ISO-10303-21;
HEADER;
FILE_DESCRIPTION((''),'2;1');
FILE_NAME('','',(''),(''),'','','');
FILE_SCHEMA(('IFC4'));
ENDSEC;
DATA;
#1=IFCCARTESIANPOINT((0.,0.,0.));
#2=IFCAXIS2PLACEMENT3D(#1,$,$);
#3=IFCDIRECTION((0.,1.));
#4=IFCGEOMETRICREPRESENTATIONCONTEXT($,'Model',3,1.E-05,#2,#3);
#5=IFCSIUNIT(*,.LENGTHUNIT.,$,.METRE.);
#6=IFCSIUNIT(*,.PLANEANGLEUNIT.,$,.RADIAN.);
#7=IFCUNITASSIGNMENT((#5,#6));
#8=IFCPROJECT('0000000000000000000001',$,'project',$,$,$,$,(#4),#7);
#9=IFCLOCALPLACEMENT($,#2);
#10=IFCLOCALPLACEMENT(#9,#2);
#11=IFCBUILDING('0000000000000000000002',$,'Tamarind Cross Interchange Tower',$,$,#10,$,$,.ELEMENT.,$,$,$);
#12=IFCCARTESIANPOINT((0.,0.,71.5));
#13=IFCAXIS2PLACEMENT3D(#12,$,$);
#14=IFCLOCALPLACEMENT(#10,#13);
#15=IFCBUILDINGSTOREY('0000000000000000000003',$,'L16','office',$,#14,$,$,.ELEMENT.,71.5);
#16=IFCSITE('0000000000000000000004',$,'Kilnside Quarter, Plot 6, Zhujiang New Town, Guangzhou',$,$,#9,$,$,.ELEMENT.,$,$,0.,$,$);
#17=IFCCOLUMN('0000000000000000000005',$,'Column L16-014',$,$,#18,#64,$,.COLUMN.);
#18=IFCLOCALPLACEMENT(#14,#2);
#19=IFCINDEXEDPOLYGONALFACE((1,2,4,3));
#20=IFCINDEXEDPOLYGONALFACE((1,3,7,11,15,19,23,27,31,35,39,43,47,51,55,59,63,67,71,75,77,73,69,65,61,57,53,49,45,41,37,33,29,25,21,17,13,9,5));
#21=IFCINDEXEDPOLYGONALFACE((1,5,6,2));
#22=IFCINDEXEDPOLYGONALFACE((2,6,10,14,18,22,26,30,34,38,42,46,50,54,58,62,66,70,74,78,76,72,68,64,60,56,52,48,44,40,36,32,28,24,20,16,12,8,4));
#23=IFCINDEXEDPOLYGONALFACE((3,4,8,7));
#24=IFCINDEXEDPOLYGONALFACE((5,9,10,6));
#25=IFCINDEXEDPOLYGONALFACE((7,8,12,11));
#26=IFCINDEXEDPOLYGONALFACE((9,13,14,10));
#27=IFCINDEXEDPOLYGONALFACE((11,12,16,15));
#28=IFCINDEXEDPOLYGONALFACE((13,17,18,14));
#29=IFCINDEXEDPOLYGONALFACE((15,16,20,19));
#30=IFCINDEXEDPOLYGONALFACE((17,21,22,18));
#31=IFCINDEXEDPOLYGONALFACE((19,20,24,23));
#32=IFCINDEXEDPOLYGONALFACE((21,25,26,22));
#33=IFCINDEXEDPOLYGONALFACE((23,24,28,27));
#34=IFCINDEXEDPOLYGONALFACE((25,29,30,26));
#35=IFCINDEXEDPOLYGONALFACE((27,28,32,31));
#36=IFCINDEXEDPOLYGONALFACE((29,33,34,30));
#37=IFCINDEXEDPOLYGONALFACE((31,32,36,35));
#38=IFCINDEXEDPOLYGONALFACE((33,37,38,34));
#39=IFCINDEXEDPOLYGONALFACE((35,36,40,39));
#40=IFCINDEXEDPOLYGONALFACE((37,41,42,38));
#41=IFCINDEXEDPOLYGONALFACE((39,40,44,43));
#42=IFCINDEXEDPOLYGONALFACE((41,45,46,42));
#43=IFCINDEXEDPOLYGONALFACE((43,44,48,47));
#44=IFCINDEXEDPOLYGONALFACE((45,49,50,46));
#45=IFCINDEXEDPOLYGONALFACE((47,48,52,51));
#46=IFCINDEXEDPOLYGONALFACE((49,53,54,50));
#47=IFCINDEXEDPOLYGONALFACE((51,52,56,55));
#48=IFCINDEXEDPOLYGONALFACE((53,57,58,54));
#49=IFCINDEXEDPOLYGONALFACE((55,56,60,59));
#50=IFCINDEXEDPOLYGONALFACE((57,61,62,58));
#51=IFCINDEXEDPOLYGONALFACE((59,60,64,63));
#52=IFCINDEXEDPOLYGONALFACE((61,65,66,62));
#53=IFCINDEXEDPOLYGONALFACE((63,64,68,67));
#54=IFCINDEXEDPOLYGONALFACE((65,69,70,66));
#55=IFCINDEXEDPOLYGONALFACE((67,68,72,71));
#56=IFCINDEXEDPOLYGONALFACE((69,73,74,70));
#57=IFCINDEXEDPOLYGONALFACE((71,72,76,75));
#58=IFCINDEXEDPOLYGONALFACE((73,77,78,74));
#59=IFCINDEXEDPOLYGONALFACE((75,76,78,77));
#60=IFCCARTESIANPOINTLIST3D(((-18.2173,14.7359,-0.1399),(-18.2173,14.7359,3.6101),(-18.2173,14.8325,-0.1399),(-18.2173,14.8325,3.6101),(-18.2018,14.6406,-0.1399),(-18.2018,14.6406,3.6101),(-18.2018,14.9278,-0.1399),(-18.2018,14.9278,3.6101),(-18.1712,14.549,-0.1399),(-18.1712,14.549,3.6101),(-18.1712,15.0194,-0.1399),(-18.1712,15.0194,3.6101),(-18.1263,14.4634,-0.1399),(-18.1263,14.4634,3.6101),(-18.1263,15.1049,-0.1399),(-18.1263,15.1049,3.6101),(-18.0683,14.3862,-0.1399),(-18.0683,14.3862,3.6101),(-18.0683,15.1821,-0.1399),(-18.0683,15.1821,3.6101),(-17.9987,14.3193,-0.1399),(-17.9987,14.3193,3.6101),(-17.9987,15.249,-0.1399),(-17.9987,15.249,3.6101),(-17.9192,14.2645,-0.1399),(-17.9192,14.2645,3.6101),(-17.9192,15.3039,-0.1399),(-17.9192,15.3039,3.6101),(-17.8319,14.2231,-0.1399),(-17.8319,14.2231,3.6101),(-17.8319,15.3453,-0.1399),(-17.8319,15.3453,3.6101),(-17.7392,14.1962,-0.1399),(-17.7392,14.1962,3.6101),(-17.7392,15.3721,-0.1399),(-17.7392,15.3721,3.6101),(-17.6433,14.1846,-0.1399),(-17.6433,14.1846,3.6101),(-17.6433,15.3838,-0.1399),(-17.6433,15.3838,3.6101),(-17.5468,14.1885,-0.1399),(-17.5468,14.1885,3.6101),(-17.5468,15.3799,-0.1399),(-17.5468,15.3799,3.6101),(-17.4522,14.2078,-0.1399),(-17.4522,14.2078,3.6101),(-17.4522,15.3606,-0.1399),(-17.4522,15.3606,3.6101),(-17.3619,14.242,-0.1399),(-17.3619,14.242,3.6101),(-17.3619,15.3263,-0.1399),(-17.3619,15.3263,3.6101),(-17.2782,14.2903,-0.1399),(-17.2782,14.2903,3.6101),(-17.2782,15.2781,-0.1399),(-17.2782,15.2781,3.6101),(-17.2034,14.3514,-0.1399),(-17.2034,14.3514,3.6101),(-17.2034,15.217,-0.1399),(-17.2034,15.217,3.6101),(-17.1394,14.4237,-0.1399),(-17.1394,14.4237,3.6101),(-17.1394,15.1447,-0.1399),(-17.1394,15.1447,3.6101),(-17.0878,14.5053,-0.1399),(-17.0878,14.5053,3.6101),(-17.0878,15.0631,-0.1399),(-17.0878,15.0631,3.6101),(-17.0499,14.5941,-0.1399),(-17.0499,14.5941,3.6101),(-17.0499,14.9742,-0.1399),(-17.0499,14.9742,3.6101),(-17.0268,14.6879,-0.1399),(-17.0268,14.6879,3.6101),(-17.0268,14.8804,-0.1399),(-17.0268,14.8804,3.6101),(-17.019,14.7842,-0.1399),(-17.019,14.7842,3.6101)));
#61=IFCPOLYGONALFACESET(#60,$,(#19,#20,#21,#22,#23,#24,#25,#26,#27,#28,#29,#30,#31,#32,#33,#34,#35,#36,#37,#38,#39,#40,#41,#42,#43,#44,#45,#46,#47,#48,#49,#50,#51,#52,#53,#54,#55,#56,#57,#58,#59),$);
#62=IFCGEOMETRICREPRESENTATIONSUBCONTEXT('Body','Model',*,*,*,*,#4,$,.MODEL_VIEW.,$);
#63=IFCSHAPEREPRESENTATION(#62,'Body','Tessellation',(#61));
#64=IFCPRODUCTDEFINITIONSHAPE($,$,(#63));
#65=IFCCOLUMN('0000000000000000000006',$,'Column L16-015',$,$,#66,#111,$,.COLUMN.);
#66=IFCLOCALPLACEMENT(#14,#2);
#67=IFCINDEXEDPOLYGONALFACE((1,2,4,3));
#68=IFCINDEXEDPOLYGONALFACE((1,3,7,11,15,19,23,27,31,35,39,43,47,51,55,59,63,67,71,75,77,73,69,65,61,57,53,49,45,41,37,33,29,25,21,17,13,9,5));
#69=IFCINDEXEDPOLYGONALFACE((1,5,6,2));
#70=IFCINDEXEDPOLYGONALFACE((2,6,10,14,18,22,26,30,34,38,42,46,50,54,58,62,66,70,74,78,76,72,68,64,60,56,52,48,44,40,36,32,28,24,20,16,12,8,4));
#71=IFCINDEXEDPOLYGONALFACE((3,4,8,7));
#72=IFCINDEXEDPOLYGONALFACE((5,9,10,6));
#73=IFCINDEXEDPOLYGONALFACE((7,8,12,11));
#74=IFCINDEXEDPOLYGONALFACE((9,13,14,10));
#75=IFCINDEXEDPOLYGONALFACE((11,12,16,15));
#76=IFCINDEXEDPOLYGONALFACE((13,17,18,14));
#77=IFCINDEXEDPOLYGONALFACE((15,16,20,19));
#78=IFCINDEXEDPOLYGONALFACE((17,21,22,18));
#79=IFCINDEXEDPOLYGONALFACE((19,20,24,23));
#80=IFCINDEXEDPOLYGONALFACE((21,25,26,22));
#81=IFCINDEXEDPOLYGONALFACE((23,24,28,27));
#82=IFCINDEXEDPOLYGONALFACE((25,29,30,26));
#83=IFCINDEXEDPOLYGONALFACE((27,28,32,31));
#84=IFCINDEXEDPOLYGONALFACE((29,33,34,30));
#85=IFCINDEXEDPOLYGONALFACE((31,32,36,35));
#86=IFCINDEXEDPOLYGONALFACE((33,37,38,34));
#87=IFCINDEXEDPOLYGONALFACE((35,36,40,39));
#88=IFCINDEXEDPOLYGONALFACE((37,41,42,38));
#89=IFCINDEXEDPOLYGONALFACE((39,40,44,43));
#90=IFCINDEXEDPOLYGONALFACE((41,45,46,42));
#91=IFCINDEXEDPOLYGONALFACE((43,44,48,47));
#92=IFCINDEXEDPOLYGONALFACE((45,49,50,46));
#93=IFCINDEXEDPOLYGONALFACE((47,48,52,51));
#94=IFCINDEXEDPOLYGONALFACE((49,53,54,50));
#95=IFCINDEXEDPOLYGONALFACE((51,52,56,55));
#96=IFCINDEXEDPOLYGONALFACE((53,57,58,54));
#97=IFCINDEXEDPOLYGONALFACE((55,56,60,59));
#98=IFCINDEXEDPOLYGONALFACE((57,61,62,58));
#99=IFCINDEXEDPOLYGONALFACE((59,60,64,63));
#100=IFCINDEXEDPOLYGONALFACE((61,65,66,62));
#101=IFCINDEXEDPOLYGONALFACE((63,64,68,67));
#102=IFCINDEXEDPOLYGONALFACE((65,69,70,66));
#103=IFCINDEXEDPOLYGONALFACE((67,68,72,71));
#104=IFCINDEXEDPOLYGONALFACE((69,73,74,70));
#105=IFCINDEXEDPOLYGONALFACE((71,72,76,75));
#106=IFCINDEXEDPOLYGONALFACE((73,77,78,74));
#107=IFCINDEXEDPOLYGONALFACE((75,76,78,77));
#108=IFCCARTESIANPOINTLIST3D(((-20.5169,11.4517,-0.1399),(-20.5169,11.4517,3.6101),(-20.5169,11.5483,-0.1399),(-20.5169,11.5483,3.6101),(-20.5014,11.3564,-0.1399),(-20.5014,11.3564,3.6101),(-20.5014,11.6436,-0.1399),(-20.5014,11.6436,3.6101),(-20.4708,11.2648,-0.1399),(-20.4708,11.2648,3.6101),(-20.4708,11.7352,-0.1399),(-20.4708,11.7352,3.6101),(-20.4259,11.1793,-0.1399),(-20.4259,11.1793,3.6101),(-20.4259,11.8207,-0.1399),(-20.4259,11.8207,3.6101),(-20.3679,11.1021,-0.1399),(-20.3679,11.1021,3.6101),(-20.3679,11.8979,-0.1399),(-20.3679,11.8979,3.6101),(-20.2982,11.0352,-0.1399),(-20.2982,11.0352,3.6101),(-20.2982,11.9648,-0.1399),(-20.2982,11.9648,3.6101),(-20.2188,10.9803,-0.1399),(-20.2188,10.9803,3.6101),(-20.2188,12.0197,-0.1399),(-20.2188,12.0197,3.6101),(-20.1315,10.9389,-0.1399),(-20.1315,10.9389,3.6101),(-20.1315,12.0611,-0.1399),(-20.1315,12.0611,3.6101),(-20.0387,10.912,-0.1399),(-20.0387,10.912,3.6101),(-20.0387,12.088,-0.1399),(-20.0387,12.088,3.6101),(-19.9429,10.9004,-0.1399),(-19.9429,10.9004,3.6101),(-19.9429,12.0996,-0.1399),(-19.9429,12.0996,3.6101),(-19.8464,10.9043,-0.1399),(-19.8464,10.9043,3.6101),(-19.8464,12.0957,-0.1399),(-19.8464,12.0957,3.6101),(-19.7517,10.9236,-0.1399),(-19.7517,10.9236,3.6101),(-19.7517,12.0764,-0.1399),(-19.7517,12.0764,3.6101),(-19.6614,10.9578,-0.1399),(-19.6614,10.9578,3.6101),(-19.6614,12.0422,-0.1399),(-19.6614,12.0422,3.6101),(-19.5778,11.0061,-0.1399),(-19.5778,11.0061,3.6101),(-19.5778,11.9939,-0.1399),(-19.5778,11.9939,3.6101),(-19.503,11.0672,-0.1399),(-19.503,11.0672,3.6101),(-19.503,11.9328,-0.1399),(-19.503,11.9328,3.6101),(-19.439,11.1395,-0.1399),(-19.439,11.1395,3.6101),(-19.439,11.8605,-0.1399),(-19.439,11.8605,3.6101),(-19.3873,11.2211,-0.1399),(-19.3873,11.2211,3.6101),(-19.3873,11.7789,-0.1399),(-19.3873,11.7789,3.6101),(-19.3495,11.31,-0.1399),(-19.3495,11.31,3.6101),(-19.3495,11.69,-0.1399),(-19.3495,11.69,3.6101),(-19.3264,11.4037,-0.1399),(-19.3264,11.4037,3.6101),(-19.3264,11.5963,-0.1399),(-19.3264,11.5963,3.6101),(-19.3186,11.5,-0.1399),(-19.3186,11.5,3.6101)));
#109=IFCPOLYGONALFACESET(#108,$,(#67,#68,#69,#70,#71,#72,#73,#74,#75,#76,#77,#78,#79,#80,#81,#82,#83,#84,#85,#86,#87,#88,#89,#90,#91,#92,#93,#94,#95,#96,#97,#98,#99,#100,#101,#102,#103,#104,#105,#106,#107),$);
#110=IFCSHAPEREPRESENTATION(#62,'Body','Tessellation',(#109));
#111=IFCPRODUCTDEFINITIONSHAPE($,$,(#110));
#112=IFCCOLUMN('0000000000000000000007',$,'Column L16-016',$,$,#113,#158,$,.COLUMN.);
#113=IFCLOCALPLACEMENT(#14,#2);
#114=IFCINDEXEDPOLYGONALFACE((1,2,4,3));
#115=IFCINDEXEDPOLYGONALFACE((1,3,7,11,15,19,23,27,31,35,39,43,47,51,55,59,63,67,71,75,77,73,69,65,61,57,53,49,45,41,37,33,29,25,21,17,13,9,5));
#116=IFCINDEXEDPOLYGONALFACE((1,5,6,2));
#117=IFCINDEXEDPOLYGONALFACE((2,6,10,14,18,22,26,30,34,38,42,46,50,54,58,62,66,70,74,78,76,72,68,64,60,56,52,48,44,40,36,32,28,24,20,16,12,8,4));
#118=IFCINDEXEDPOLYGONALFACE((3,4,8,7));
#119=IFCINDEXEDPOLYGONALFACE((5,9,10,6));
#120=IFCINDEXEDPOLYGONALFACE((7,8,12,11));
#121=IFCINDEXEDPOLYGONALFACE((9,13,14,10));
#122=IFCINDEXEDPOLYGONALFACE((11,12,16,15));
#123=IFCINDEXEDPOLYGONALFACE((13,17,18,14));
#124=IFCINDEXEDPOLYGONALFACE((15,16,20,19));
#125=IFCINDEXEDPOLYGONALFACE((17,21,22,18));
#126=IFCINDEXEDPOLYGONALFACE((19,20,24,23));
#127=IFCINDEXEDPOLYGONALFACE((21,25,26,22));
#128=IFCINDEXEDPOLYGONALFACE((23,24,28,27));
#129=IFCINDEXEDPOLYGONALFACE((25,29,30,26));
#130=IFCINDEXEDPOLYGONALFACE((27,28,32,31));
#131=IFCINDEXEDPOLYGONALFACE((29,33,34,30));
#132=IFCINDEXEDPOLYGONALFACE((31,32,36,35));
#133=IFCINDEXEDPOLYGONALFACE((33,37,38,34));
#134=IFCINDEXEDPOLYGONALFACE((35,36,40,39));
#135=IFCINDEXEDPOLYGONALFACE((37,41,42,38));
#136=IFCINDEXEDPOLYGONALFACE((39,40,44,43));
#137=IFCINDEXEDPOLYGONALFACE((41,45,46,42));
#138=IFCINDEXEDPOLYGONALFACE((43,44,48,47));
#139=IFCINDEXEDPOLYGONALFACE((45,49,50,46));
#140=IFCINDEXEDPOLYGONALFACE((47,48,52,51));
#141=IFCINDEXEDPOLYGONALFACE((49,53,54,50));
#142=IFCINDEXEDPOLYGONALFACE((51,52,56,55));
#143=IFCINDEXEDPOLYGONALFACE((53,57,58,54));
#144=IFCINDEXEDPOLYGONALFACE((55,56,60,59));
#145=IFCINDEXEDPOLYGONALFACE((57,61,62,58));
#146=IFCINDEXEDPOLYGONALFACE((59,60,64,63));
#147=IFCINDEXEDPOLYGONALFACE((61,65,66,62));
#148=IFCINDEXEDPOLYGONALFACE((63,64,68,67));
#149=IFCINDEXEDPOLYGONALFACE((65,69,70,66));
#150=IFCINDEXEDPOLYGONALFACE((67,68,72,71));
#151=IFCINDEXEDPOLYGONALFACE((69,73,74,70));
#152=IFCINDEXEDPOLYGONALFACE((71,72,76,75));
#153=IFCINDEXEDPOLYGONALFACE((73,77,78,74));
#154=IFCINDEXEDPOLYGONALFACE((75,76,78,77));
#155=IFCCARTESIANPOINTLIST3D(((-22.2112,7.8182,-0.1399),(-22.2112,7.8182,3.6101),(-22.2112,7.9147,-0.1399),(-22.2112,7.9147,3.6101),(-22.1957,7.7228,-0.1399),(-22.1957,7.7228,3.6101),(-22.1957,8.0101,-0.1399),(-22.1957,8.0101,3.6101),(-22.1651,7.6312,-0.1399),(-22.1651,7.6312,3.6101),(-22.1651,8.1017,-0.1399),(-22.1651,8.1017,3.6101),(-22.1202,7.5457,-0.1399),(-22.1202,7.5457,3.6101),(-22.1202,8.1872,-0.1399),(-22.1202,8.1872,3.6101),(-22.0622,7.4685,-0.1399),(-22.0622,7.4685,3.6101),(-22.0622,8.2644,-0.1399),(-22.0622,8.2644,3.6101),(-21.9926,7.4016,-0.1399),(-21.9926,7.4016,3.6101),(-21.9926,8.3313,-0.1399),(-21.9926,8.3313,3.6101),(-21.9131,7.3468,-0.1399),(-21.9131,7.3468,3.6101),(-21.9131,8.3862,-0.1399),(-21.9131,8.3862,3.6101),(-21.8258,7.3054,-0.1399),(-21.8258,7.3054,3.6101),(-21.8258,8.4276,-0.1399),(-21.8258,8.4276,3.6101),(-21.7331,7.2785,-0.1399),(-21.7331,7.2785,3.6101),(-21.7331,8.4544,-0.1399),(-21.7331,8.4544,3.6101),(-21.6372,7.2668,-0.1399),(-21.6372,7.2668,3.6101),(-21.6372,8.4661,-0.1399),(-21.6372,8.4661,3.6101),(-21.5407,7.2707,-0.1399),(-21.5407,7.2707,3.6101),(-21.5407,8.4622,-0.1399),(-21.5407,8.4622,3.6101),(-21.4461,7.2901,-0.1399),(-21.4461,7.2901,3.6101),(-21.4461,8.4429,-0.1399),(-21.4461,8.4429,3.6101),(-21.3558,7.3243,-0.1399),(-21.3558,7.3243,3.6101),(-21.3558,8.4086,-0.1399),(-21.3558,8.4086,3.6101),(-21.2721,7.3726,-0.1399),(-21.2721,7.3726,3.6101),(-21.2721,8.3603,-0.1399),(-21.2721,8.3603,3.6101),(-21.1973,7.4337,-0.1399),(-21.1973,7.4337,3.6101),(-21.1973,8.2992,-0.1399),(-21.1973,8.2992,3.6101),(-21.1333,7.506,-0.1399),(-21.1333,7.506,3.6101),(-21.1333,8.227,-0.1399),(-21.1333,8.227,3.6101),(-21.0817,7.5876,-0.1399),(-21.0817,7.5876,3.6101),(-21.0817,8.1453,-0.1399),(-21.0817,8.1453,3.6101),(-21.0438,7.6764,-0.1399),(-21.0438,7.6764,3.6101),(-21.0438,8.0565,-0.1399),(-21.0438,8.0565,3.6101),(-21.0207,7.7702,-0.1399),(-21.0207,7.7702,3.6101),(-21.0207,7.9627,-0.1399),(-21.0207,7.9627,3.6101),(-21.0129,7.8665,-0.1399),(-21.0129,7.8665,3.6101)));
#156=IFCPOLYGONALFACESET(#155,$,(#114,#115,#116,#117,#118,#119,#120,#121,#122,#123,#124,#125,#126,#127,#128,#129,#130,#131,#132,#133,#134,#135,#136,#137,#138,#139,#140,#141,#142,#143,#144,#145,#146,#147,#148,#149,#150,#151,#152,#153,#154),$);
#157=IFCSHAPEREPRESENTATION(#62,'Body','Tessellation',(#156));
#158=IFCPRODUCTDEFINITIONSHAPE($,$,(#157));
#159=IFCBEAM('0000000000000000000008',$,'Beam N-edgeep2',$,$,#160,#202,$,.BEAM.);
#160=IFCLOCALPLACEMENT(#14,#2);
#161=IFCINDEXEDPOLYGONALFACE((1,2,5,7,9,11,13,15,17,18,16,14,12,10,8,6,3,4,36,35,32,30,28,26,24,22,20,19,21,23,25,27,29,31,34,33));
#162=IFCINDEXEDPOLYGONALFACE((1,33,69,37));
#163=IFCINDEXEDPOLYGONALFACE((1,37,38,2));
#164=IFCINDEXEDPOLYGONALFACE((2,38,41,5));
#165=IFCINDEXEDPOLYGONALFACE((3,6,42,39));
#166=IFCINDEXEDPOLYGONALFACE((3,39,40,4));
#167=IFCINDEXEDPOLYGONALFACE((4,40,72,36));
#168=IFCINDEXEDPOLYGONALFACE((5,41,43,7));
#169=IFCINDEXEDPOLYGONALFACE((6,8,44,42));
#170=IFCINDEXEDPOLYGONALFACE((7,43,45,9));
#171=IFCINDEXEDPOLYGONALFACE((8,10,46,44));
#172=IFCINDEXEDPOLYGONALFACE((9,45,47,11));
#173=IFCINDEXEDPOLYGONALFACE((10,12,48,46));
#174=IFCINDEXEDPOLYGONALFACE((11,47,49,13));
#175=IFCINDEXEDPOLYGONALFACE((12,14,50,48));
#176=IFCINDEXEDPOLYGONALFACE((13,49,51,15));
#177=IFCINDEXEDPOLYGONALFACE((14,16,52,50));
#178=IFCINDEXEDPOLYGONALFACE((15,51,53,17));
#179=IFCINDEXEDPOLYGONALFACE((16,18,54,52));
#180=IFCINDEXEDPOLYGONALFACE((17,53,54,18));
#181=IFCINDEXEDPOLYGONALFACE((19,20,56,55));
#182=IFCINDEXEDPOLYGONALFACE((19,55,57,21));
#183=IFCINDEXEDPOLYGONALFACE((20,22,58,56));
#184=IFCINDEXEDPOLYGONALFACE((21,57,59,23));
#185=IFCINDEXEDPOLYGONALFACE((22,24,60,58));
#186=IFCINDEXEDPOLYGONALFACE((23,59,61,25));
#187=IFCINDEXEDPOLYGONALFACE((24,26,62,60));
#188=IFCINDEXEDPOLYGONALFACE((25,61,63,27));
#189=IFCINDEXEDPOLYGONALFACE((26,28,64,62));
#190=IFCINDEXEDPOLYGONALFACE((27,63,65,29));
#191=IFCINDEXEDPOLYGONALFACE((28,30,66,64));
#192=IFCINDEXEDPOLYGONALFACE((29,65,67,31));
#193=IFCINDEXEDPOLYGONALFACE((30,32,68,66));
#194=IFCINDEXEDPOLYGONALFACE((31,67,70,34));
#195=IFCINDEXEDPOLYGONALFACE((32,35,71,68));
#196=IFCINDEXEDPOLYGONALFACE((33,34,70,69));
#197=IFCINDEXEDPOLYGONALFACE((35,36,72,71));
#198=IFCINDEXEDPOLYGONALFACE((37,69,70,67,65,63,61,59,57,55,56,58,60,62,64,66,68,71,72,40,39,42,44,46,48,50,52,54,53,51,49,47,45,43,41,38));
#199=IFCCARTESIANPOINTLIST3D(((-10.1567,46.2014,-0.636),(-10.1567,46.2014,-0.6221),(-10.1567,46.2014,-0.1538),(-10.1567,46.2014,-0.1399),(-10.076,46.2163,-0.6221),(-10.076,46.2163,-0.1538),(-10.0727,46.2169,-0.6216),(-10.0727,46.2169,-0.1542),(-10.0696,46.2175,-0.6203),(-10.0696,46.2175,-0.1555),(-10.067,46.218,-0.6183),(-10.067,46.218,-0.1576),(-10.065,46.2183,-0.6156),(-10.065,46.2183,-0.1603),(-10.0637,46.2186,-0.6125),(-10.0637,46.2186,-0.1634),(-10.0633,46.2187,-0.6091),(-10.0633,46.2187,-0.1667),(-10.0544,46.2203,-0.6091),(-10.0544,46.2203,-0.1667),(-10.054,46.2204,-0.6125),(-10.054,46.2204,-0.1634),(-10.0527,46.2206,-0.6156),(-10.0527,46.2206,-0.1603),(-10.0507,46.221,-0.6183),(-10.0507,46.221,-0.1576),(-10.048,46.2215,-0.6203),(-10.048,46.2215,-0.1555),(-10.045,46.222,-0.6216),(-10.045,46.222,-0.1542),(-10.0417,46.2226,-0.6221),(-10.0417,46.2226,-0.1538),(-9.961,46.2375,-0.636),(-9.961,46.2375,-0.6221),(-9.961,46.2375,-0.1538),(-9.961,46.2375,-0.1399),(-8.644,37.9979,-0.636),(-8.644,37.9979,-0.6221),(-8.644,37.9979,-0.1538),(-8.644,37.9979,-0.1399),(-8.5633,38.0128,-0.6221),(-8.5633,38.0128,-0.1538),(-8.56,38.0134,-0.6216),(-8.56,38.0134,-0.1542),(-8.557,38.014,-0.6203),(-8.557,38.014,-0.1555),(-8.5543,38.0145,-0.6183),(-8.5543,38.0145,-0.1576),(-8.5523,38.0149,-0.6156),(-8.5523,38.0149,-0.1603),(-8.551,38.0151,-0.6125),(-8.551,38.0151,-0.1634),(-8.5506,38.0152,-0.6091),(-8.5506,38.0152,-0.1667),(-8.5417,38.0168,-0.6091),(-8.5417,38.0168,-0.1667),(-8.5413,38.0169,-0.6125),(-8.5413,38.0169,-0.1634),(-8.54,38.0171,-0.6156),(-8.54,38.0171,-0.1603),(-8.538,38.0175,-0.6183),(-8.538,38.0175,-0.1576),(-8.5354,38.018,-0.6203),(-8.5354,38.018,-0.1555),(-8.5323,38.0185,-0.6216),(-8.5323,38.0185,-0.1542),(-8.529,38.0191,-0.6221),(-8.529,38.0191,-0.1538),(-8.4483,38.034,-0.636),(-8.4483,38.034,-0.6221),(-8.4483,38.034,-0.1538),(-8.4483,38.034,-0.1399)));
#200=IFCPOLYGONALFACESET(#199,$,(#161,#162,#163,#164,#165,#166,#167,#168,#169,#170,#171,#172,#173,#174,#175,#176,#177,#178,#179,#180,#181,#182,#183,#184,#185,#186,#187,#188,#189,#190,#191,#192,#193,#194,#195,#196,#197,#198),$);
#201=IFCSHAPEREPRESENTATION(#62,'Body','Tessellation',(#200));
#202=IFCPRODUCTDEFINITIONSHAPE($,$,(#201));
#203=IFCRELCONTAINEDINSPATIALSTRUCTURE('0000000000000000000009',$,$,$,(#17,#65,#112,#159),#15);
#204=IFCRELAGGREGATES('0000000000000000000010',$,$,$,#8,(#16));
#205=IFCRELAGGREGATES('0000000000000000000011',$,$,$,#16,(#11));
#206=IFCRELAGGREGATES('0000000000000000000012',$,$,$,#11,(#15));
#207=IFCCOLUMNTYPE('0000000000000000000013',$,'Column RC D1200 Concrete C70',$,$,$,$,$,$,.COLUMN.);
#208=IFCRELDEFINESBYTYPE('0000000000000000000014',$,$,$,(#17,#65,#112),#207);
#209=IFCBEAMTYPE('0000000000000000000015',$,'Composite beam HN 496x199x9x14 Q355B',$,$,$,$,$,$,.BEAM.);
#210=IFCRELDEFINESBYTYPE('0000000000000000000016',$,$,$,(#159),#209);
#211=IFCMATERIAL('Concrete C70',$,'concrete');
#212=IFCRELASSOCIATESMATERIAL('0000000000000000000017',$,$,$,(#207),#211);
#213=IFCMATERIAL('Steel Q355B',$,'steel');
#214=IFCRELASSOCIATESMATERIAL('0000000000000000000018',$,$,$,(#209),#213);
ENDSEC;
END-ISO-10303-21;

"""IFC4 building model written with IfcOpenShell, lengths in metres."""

from ifc_helpers import new_model, si_unit, direction, frame, origin, origin_2d, place, context, subcontext, project, spatial, circle, i_section, extrude, material, material_profile, profile_set, type_object, element, save


model = new_model("IFC4")

# Units and contexts
model_context = context("Model", 3, precision=1e-05, world=origin(), true_north=direction((0.0, 1.0)))
body_context = subcontext(model_context, "Body", "Model", "MODEL_VIEW")
ifc_project = project(units=[si_unit("LENGTHUNIT", "METRE"), si_unit("PLANEANGLEUNIT", "RADIAN")], contexts=[model_context])

# Site, building, storey
site_placement = place(None, origin())
site = spatial("IfcSite", under=ifc_project, at=site_placement, Name="Kilnside Quarter, Plot 6, Zhujiang New Town, Guangzhou", CompositionType="ELEMENT", RefElevation=0.0)
building_placement = place(site_placement, origin())
building = spatial("IfcBuilding", under=site, at=building_placement, Name="Tamarind Cross Interchange Tower", CompositionType="ELEMENT")
storey_placement = place(building_placement, frame((0.0, 0.0, 71.5)))
storey = spatial("IfcBuildingStorey", under=building, at=storey_placement, Name="L16", Description="office", CompositionType="ELEMENT", Elevation=71.5)

# Columns
ifc_material_1 = material(Name="Concrete C70", Category="concrete")
ifc_material_profile_1 = material_profile(ifc_material_1, circle(Radius=0.6001, at=origin_2d()), Name="RC D1200")
ifc_profile_set_1 = profile_set([ifc_material_profile_1], Name="Concrete C70")
column_type_1 = type_object("IfcColumnType", Name="Column RC D1200 Concrete C70", PredefinedType="COLUMN", material=ifc_profile_set_1)
for number, where, z_axis, x_axis, name in (
    (1, (-17.6191, 14.7842, -0.1399), (0.0, 0.0, 1.0), (1.0, 0.0, 0.0), "Column L16-014"),
    (2, (-19.9187, 11.5, -0.1399), (0.0, 0.0, 1.0), (1.0, 0.0, 0.0), "Column L16-015"),
    (3, (-21.613, 7.8665, -0.1399), (0.0, 0.0, 1.0), (1.0, 0.0, 0.0), "Column L16-016"),
):
    element("IfcColumn", number, at=place(storey_placement, frame(where, z_axis=z_axis, x_axis=x_axis)), inside=storey, type_object=column_type_1, Name=name, PredefinedType="COLUMN", context=body_context, shape_type="SweptSolid", body=[
        extrude(circle(Radius=0.6001, at=origin_2d()), origin(), (0.0, 0.0, 1.0), 3.75),
    ])

# Beam
ifc_material_2 = material(Name="Steel Q355B", Category="steel")
ifc_material_profile_2 = material_profile(ifc_material_2, i_section(OverallWidth=0.199, OverallDepth=0.4961, WebThickness=0.009, FlangeThickness=0.0139, FilletRadius=0.0129, at=origin_2d()), Name="HN 496x199x9x14")
ifc_profile_set_2 = profile_set([ifc_material_profile_2], Name="Steel Q355B")
beam_type_1 = type_object("IfcBeamType", Name="Composite beam HN 496x199x9x14 Q355B", PredefinedType="BEAM", material=ifc_profile_set_2)
beam_1_placement = place(storey_placement, frame((-10.0588, 46.2195, -0.3879), z_axis=(0.181337, -0.983421, 0.0), x_axis=(0.983421, 0.181337, 0.0)))
element("IfcBeam", 4, at=beam_1_placement, inside=storey, type_object=beam_type_1, Name="Beam N-edgeep2", PredefinedType="BEAM", context=body_context, shape_type="SweptSolid", body=[
    extrude(i_section(OverallWidth=0.199, OverallDepth=0.4961, WebThickness=0.009, FlangeThickness=0.0139, FilletRadius=0.0129, at=origin_2d()), origin(), (0.0, 0.0, 1.0), 8.3418),
])

save(model, "model.ifc")
